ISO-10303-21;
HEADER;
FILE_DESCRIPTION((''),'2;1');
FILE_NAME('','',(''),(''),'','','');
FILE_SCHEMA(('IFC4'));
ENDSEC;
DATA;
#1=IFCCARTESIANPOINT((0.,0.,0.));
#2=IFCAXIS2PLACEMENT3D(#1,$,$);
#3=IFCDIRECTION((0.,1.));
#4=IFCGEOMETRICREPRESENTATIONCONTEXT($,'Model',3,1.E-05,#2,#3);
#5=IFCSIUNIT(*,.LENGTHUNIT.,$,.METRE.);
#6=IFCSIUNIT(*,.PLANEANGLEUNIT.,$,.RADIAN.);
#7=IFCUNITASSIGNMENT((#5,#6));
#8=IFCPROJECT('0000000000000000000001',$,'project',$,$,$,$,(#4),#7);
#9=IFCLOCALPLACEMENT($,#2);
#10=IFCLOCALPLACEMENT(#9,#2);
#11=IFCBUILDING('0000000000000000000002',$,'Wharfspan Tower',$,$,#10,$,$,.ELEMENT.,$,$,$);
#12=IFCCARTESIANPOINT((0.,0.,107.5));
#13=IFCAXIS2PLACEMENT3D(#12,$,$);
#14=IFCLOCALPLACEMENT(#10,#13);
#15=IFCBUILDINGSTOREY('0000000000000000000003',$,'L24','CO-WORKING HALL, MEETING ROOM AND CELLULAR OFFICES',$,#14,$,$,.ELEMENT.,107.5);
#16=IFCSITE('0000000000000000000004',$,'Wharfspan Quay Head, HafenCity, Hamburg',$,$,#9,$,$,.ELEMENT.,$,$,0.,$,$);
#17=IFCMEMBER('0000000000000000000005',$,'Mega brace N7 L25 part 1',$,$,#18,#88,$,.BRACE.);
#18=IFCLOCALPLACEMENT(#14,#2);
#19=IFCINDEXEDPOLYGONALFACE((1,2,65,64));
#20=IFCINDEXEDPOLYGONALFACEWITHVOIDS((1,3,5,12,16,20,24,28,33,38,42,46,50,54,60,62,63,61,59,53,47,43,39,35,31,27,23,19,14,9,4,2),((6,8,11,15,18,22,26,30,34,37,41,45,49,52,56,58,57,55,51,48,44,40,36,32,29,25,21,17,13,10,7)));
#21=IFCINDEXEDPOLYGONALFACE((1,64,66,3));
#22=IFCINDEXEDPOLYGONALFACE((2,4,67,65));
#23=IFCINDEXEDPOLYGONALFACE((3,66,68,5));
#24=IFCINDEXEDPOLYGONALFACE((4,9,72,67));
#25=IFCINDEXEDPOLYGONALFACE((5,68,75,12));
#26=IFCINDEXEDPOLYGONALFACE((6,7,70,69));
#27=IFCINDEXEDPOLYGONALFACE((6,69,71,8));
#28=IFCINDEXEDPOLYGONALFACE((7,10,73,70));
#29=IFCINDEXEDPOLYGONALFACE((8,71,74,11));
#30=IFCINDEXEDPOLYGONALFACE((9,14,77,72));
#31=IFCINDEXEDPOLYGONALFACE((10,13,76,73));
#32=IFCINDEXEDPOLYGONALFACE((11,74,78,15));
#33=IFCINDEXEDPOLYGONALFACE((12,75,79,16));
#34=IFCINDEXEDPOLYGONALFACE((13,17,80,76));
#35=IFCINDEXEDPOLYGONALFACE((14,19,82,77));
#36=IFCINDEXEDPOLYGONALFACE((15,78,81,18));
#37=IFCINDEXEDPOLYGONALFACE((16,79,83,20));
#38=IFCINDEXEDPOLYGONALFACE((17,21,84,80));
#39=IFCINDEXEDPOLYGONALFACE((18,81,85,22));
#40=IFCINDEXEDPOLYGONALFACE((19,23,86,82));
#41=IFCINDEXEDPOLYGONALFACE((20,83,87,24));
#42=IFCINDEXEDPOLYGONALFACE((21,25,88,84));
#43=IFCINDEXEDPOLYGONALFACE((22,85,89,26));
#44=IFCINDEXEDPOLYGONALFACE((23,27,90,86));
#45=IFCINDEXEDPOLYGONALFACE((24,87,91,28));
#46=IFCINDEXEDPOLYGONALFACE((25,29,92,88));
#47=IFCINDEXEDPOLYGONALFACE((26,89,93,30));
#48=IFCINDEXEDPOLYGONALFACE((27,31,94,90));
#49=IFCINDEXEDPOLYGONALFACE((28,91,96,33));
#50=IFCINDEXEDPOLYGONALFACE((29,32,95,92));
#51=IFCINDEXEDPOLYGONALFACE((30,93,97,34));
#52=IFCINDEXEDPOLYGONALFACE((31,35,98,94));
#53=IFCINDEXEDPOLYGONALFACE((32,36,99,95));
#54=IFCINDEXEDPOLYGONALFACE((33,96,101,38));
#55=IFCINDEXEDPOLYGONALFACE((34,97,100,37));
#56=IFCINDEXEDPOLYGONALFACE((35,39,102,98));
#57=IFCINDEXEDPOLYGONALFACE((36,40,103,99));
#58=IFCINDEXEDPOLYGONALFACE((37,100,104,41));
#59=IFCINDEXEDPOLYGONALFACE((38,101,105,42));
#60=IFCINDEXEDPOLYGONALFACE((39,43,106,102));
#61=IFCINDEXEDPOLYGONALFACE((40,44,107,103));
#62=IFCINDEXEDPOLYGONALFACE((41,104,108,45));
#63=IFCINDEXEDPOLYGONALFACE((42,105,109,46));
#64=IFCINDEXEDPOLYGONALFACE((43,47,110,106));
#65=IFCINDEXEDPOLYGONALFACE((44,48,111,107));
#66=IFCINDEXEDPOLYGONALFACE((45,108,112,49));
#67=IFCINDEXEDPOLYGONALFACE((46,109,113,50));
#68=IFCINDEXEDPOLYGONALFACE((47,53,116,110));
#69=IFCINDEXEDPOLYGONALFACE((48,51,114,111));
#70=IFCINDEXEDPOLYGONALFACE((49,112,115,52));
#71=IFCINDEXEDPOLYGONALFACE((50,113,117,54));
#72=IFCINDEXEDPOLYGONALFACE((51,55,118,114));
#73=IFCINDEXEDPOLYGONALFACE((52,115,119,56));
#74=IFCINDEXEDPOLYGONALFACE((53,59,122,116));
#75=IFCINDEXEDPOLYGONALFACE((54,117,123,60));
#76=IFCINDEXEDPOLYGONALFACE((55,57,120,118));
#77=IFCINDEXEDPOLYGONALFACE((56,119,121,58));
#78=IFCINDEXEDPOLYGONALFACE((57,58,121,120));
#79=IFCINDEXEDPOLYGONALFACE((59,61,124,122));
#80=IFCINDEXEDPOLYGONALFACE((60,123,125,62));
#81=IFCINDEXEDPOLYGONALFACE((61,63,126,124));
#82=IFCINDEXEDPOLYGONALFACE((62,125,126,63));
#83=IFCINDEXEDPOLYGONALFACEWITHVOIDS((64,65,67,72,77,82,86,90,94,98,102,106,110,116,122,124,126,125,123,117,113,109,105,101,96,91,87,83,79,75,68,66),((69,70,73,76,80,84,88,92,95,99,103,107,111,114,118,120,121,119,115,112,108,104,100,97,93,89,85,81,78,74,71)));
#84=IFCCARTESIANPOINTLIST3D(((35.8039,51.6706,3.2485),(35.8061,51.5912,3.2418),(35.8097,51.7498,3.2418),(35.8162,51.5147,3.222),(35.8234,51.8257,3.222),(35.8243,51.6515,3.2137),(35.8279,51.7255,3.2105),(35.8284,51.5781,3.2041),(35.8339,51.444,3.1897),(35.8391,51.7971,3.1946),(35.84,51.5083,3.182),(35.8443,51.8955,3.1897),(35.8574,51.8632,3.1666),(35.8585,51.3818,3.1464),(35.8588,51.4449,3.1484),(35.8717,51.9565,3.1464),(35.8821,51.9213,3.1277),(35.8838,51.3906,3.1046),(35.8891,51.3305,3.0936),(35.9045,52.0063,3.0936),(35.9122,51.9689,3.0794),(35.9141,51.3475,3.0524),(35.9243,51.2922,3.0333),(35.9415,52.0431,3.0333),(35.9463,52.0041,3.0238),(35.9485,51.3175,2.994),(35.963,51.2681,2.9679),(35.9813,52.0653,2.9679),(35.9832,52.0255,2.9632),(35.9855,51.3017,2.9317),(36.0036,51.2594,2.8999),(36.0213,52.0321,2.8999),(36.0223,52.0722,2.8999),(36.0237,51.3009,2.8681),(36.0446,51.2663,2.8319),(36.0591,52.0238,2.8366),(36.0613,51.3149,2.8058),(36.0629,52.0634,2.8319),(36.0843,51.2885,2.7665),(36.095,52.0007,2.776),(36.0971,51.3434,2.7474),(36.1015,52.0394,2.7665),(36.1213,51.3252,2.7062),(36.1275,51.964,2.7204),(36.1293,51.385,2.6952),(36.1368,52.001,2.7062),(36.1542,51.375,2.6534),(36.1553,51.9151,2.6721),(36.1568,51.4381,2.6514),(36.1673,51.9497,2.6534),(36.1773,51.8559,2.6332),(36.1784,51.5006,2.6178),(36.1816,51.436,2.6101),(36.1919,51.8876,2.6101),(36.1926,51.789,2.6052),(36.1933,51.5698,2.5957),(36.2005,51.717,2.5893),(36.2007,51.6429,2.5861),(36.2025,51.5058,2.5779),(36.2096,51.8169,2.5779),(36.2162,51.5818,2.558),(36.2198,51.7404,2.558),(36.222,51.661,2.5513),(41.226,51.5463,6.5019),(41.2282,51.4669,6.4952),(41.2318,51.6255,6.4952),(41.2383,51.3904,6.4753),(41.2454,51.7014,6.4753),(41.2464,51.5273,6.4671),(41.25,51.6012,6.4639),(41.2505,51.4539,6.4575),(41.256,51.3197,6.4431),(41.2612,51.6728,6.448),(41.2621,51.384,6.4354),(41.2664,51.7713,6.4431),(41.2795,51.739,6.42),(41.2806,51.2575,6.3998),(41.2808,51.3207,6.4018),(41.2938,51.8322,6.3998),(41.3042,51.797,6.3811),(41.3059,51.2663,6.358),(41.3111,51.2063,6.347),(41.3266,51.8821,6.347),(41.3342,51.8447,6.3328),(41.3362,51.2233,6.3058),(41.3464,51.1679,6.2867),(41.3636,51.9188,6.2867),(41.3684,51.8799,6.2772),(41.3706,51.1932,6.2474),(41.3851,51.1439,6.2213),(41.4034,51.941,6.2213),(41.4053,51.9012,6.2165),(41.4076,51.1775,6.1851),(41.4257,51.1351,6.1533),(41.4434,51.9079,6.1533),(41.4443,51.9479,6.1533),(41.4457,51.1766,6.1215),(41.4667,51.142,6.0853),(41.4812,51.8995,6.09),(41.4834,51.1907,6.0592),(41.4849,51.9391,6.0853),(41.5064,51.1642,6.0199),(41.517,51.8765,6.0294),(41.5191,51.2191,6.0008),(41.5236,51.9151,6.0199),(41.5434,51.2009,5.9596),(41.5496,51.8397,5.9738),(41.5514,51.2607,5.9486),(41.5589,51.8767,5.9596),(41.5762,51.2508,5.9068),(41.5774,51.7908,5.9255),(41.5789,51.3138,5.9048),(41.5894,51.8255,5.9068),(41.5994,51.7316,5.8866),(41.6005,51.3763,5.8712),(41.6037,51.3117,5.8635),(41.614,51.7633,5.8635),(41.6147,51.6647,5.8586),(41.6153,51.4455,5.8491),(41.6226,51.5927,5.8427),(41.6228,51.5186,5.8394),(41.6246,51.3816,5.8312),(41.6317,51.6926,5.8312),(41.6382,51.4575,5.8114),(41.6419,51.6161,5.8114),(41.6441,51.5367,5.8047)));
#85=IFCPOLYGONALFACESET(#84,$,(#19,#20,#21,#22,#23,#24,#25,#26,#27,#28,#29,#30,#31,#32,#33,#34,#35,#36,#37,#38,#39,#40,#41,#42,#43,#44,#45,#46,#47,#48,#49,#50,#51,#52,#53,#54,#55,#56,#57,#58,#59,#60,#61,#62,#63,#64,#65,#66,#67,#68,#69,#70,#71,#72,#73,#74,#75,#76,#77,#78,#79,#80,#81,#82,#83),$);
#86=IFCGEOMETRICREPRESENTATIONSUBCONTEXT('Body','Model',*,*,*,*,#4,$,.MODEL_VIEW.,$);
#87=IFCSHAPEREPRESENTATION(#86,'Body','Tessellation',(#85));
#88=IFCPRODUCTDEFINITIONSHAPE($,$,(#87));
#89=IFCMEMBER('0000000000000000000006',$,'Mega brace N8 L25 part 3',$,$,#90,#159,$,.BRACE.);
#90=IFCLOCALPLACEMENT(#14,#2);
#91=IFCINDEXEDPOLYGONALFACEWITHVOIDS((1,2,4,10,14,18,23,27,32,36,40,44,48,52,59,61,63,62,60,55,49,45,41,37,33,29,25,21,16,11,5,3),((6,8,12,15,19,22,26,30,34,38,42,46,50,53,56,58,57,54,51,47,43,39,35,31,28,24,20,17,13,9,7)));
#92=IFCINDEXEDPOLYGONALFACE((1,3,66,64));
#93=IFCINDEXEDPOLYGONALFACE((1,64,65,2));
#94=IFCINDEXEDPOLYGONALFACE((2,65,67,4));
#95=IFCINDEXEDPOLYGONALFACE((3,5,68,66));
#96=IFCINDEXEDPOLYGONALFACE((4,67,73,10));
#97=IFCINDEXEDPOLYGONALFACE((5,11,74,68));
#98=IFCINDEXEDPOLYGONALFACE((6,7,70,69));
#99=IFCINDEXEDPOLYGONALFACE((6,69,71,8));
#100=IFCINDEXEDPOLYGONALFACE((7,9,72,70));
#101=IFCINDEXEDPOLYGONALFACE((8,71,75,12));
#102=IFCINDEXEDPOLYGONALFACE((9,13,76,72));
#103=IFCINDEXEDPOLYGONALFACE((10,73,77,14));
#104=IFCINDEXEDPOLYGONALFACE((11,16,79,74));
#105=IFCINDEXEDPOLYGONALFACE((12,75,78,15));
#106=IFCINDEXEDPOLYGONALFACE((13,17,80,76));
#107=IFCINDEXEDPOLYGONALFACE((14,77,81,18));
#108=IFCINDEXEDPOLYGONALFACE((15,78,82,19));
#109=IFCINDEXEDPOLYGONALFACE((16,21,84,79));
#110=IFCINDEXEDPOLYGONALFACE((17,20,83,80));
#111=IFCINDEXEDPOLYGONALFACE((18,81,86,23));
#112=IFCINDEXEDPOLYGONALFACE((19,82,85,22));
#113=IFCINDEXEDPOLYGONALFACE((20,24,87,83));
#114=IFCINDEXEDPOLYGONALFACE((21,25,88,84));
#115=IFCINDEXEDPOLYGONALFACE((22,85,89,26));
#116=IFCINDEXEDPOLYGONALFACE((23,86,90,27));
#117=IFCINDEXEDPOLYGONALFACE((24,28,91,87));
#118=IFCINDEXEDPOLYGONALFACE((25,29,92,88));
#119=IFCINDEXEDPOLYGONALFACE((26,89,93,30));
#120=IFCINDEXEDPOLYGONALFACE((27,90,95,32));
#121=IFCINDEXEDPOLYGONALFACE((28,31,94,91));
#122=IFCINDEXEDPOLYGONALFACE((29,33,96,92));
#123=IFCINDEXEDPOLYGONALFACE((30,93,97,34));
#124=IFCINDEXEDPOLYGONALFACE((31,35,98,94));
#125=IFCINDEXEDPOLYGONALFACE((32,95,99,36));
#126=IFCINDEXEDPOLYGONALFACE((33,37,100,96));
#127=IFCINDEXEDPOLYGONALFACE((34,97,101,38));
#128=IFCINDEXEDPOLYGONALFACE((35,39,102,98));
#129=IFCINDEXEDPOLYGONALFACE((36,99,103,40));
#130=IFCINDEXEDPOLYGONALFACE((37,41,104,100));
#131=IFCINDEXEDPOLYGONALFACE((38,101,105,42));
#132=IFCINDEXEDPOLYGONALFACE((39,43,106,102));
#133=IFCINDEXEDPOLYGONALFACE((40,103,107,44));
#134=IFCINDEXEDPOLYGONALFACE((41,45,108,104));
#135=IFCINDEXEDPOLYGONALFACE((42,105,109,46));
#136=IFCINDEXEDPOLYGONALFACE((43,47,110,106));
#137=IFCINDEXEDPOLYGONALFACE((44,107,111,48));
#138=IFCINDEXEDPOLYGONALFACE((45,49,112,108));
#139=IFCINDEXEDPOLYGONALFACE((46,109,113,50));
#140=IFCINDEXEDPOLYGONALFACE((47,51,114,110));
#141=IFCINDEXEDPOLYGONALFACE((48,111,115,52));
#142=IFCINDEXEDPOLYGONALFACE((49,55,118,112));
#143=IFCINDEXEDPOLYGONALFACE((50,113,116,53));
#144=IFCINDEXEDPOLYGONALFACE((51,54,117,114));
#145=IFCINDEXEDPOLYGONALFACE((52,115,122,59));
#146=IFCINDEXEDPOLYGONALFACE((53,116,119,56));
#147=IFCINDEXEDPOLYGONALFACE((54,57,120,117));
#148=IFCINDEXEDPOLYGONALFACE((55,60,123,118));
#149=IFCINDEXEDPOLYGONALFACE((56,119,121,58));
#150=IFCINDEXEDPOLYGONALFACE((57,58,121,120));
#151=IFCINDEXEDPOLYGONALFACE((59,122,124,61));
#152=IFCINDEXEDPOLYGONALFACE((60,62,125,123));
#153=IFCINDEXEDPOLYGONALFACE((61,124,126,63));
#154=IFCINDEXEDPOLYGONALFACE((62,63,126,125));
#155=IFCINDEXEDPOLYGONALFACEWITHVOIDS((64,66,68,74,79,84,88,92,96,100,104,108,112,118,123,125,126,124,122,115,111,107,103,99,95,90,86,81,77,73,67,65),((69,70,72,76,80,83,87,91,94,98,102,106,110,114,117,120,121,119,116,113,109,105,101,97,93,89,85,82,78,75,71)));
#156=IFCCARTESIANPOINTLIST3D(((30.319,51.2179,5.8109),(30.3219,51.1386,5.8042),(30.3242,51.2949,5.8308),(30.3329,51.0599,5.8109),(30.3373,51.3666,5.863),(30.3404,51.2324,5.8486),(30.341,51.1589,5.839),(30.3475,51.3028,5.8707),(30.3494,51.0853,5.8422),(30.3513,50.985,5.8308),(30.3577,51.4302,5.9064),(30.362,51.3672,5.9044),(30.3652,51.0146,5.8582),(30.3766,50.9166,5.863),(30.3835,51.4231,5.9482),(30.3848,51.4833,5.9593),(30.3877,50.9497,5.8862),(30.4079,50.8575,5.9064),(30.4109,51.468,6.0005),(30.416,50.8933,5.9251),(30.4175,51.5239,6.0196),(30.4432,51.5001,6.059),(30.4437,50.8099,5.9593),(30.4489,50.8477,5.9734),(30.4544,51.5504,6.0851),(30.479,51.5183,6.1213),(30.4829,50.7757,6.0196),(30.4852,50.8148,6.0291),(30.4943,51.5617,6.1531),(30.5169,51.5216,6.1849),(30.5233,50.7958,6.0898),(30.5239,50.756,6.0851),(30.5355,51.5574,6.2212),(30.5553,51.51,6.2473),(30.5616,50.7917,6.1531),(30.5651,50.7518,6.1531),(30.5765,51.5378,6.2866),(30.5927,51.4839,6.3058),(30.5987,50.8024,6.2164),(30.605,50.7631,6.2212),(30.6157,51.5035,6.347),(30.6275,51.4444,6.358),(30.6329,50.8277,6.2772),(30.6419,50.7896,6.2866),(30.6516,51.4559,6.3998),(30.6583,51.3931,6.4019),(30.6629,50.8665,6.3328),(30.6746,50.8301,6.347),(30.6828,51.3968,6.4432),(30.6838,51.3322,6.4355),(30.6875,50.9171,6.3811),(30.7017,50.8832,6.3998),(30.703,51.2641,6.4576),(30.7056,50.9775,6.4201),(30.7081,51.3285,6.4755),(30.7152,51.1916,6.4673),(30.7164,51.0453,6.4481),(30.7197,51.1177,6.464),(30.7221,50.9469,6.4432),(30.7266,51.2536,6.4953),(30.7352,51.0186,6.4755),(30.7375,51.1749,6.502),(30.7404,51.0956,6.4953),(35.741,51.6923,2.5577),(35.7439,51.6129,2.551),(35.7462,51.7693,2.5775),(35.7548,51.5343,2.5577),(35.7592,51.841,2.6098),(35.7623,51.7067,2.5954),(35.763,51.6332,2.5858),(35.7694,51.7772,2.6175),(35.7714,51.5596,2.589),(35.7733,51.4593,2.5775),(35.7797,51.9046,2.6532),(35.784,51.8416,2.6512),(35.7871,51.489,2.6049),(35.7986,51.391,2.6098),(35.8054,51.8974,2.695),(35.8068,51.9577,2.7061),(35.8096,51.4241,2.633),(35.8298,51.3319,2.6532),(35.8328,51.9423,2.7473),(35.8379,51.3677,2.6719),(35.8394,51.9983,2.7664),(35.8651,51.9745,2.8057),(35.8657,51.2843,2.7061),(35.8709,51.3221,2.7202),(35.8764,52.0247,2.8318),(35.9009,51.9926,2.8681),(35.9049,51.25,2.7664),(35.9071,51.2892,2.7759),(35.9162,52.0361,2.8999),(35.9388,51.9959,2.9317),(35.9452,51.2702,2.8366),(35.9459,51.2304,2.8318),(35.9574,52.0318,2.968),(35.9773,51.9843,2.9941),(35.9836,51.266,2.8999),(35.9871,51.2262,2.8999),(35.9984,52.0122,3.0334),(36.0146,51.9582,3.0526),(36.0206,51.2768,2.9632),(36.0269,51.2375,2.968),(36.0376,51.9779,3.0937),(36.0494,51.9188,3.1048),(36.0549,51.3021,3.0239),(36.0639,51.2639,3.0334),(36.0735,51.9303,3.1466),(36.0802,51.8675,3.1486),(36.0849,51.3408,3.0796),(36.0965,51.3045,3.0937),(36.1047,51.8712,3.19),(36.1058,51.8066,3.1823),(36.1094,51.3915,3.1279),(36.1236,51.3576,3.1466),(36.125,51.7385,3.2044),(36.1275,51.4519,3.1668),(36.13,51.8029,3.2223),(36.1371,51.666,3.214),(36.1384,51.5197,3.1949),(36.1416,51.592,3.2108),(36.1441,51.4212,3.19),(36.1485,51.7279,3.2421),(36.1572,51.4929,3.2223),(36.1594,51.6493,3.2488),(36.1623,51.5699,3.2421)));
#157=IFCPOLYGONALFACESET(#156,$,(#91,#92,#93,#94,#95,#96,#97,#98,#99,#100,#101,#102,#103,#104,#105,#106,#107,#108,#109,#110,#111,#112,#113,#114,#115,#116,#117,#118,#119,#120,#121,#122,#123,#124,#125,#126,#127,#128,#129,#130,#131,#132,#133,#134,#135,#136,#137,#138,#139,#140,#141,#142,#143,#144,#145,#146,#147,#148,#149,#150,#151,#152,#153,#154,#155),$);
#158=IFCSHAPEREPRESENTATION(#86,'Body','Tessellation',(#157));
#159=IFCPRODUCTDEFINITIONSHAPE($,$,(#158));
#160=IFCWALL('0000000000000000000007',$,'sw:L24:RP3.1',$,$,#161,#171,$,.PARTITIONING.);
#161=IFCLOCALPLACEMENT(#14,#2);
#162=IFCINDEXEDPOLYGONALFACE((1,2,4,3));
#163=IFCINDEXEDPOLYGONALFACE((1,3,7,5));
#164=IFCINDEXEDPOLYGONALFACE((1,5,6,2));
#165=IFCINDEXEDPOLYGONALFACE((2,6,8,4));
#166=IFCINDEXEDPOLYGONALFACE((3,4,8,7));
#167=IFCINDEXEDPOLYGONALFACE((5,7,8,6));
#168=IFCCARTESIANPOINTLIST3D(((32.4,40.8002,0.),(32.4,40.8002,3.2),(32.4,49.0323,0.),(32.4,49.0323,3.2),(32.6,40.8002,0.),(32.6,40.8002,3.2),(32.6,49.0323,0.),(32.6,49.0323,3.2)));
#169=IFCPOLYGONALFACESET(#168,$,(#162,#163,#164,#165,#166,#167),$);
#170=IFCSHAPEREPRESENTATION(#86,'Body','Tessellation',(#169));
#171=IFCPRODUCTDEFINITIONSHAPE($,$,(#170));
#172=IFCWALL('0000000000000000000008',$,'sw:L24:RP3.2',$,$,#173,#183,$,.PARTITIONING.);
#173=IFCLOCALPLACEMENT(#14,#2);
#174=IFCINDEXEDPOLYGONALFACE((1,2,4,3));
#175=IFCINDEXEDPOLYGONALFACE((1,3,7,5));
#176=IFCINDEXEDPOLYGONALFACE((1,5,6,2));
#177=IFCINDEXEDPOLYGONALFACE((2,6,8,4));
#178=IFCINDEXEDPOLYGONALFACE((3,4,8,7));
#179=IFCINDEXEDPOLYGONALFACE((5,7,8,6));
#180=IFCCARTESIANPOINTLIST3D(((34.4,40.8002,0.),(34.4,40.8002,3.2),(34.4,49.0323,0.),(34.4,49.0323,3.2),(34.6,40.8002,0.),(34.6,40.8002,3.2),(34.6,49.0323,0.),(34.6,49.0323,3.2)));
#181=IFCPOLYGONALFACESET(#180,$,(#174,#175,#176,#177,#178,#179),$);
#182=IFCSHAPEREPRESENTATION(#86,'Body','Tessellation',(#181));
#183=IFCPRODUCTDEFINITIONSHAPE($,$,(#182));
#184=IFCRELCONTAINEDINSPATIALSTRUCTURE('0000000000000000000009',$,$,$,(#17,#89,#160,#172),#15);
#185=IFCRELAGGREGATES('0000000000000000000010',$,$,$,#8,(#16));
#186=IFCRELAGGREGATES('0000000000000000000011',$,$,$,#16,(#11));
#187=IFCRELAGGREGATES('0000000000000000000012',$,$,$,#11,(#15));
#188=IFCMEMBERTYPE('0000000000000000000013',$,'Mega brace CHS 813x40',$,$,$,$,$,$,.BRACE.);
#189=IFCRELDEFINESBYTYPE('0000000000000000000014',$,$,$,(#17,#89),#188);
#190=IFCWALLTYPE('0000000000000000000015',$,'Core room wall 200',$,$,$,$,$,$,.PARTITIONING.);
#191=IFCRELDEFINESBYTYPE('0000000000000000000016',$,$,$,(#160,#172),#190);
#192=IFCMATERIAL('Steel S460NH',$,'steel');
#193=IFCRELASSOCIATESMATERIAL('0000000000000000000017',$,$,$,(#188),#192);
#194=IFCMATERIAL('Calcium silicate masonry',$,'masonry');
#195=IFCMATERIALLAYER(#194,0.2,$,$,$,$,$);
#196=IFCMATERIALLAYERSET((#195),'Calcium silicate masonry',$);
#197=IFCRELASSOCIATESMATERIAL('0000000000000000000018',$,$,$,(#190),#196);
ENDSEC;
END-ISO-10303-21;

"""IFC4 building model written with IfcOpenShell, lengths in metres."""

from ifc_helpers import new_model, si_unit, direction, frame, frame_2d, origin, origin_2d, place, context, subcontext, project, spatial, rectangle, hollow_circle, extrude, material, layer, layer_set, material_profile, profile_set, type_object, element, save


model = new_model("IFC4")

# Units and contexts
model_context = context("Model", 3, precision=1e-05, world=origin(), true_north=direction((0.0, 1.0)))
body_context = subcontext(model_context, "Body", "Model", "MODEL_VIEW")
ifc_project = project(units=[si_unit("LENGTHUNIT", "METRE"), si_unit("PLANEANGLEUNIT", "RADIAN")], contexts=[model_context])

# Site, building, storey
site_placement = place(None, origin())
site = spatial("IfcSite", under=ifc_project, at=site_placement, Name="Wharfspan Quay Head, HafenCity, Hamburg", CompositionType="ELEMENT", RefElevation=0.0)
building_placement = place(site_placement, origin())
building = spatial("IfcBuilding", under=site, at=building_placement, Name="Wharfspan Tower", CompositionType="ELEMENT")
storey_placement = place(building_placement, frame((0.0, 0.0, 107.5)))
storey = spatial("IfcBuildingStorey", under=building, at=storey_placement, Name="L24", Description="CO-WORKING HALL, MEETING ROOM AND CELLULAR OFFICES", CompositionType="ELEMENT", Elevation=107.5)

# Members
ifc_material_1 = material(Name="Steel S460NH", Category="steel")
ifc_material_profile_1 = material_profile(ifc_material_1, hollow_circle(Radius=0.4065, WallThickness=0.04, at=origin_2d()))
ifc_profile_set_1 = profile_set([ifc_material_profile_1], Name="Steel S460NH")
member_type = type_object("IfcMemberType", Name="Mega brace CHS 813x40", PredefinedType="BRACE", material=ifc_profile_set_1)
member_1_placement = place(storey_placement, frame((36.0129, 51.6658, 2.8999), z_axis=(0.857317, -0.019649, 0.514413), x_axis=(0.022912, 0.999739, 0.000002)))
element("IfcMember", 1, at=member_1_placement, inside=storey, type_object=member_type, Name="Mega brace N7 L25 part 1", PredefinedType="BRACE", context=body_context, shape_type="SweptSolid", body=[
    extrude(hollow_circle(Radius=0.4065, WallThickness=0.04, at=origin_2d()), origin(), (0.0, 0.0, 1.0), 6.3245),
])
member_2_placement = place(storey_placement, frame((35.9517, 51.6311, 2.8999), z_axis=(-0.855087, -0.074812, 0.51306), x_axis=(0.087157, -0.996195, -0.000001)))
element("IfcMember", 2, at=member_2_placement, inside=storey, type_object=member_type, Name="Mega brace N8 L25 part 3", PredefinedType="BRACE", context=body_context, shape_type="SweptSolid", body=[
    extrude(hollow_circle(Radius=0.4065, WallThickness=0.04, at=origin_2d()), origin(), (0.0, 0.0, 1.0), 6.3408),
])

# Walls
ifc_material_2 = material(Name="Calcium silicate masonry", Category="masonry")
ifc_layer_1 = layer(ifc_material_2, 0.2)
ifc_layer_set_1 = layer_set([ifc_layer_1], Name="Calcium silicate masonry")
wall_type_1 = type_object("IfcWallType", Name="Core room wall 200", PredefinedType="PARTITIONING", material=ifc_layer_set_1)
for number, where, z_axis, x_axis, name in (
    (3, (32.5, 40.8, 0.0), (0.0, 0.0, 1.0), (0.0, 1.0, 0.0), "sw:L24:RP3.1"),
    (4, (34.5, 40.8, 0.0), (0.0, 0.0, 1.0), (0.0, 1.0, 0.0), "sw:L24:RP3.2"),
):
    element("IfcWall", number, at=place(storey_placement, frame(where, z_axis=z_axis, x_axis=x_axis)), inside=storey, type_object=wall_type_1, Name=name, PredefinedType="PARTITIONING", context=body_context, shape_type="SweptSolid", body=[
        extrude(rectangle(XDim=8.2322, YDim=0.2, at=frame_2d((4.1162, 0.0))), origin(), (0.0, 0.0, 1.0), 3.2),
    ])

save(model, "model.ifc")
